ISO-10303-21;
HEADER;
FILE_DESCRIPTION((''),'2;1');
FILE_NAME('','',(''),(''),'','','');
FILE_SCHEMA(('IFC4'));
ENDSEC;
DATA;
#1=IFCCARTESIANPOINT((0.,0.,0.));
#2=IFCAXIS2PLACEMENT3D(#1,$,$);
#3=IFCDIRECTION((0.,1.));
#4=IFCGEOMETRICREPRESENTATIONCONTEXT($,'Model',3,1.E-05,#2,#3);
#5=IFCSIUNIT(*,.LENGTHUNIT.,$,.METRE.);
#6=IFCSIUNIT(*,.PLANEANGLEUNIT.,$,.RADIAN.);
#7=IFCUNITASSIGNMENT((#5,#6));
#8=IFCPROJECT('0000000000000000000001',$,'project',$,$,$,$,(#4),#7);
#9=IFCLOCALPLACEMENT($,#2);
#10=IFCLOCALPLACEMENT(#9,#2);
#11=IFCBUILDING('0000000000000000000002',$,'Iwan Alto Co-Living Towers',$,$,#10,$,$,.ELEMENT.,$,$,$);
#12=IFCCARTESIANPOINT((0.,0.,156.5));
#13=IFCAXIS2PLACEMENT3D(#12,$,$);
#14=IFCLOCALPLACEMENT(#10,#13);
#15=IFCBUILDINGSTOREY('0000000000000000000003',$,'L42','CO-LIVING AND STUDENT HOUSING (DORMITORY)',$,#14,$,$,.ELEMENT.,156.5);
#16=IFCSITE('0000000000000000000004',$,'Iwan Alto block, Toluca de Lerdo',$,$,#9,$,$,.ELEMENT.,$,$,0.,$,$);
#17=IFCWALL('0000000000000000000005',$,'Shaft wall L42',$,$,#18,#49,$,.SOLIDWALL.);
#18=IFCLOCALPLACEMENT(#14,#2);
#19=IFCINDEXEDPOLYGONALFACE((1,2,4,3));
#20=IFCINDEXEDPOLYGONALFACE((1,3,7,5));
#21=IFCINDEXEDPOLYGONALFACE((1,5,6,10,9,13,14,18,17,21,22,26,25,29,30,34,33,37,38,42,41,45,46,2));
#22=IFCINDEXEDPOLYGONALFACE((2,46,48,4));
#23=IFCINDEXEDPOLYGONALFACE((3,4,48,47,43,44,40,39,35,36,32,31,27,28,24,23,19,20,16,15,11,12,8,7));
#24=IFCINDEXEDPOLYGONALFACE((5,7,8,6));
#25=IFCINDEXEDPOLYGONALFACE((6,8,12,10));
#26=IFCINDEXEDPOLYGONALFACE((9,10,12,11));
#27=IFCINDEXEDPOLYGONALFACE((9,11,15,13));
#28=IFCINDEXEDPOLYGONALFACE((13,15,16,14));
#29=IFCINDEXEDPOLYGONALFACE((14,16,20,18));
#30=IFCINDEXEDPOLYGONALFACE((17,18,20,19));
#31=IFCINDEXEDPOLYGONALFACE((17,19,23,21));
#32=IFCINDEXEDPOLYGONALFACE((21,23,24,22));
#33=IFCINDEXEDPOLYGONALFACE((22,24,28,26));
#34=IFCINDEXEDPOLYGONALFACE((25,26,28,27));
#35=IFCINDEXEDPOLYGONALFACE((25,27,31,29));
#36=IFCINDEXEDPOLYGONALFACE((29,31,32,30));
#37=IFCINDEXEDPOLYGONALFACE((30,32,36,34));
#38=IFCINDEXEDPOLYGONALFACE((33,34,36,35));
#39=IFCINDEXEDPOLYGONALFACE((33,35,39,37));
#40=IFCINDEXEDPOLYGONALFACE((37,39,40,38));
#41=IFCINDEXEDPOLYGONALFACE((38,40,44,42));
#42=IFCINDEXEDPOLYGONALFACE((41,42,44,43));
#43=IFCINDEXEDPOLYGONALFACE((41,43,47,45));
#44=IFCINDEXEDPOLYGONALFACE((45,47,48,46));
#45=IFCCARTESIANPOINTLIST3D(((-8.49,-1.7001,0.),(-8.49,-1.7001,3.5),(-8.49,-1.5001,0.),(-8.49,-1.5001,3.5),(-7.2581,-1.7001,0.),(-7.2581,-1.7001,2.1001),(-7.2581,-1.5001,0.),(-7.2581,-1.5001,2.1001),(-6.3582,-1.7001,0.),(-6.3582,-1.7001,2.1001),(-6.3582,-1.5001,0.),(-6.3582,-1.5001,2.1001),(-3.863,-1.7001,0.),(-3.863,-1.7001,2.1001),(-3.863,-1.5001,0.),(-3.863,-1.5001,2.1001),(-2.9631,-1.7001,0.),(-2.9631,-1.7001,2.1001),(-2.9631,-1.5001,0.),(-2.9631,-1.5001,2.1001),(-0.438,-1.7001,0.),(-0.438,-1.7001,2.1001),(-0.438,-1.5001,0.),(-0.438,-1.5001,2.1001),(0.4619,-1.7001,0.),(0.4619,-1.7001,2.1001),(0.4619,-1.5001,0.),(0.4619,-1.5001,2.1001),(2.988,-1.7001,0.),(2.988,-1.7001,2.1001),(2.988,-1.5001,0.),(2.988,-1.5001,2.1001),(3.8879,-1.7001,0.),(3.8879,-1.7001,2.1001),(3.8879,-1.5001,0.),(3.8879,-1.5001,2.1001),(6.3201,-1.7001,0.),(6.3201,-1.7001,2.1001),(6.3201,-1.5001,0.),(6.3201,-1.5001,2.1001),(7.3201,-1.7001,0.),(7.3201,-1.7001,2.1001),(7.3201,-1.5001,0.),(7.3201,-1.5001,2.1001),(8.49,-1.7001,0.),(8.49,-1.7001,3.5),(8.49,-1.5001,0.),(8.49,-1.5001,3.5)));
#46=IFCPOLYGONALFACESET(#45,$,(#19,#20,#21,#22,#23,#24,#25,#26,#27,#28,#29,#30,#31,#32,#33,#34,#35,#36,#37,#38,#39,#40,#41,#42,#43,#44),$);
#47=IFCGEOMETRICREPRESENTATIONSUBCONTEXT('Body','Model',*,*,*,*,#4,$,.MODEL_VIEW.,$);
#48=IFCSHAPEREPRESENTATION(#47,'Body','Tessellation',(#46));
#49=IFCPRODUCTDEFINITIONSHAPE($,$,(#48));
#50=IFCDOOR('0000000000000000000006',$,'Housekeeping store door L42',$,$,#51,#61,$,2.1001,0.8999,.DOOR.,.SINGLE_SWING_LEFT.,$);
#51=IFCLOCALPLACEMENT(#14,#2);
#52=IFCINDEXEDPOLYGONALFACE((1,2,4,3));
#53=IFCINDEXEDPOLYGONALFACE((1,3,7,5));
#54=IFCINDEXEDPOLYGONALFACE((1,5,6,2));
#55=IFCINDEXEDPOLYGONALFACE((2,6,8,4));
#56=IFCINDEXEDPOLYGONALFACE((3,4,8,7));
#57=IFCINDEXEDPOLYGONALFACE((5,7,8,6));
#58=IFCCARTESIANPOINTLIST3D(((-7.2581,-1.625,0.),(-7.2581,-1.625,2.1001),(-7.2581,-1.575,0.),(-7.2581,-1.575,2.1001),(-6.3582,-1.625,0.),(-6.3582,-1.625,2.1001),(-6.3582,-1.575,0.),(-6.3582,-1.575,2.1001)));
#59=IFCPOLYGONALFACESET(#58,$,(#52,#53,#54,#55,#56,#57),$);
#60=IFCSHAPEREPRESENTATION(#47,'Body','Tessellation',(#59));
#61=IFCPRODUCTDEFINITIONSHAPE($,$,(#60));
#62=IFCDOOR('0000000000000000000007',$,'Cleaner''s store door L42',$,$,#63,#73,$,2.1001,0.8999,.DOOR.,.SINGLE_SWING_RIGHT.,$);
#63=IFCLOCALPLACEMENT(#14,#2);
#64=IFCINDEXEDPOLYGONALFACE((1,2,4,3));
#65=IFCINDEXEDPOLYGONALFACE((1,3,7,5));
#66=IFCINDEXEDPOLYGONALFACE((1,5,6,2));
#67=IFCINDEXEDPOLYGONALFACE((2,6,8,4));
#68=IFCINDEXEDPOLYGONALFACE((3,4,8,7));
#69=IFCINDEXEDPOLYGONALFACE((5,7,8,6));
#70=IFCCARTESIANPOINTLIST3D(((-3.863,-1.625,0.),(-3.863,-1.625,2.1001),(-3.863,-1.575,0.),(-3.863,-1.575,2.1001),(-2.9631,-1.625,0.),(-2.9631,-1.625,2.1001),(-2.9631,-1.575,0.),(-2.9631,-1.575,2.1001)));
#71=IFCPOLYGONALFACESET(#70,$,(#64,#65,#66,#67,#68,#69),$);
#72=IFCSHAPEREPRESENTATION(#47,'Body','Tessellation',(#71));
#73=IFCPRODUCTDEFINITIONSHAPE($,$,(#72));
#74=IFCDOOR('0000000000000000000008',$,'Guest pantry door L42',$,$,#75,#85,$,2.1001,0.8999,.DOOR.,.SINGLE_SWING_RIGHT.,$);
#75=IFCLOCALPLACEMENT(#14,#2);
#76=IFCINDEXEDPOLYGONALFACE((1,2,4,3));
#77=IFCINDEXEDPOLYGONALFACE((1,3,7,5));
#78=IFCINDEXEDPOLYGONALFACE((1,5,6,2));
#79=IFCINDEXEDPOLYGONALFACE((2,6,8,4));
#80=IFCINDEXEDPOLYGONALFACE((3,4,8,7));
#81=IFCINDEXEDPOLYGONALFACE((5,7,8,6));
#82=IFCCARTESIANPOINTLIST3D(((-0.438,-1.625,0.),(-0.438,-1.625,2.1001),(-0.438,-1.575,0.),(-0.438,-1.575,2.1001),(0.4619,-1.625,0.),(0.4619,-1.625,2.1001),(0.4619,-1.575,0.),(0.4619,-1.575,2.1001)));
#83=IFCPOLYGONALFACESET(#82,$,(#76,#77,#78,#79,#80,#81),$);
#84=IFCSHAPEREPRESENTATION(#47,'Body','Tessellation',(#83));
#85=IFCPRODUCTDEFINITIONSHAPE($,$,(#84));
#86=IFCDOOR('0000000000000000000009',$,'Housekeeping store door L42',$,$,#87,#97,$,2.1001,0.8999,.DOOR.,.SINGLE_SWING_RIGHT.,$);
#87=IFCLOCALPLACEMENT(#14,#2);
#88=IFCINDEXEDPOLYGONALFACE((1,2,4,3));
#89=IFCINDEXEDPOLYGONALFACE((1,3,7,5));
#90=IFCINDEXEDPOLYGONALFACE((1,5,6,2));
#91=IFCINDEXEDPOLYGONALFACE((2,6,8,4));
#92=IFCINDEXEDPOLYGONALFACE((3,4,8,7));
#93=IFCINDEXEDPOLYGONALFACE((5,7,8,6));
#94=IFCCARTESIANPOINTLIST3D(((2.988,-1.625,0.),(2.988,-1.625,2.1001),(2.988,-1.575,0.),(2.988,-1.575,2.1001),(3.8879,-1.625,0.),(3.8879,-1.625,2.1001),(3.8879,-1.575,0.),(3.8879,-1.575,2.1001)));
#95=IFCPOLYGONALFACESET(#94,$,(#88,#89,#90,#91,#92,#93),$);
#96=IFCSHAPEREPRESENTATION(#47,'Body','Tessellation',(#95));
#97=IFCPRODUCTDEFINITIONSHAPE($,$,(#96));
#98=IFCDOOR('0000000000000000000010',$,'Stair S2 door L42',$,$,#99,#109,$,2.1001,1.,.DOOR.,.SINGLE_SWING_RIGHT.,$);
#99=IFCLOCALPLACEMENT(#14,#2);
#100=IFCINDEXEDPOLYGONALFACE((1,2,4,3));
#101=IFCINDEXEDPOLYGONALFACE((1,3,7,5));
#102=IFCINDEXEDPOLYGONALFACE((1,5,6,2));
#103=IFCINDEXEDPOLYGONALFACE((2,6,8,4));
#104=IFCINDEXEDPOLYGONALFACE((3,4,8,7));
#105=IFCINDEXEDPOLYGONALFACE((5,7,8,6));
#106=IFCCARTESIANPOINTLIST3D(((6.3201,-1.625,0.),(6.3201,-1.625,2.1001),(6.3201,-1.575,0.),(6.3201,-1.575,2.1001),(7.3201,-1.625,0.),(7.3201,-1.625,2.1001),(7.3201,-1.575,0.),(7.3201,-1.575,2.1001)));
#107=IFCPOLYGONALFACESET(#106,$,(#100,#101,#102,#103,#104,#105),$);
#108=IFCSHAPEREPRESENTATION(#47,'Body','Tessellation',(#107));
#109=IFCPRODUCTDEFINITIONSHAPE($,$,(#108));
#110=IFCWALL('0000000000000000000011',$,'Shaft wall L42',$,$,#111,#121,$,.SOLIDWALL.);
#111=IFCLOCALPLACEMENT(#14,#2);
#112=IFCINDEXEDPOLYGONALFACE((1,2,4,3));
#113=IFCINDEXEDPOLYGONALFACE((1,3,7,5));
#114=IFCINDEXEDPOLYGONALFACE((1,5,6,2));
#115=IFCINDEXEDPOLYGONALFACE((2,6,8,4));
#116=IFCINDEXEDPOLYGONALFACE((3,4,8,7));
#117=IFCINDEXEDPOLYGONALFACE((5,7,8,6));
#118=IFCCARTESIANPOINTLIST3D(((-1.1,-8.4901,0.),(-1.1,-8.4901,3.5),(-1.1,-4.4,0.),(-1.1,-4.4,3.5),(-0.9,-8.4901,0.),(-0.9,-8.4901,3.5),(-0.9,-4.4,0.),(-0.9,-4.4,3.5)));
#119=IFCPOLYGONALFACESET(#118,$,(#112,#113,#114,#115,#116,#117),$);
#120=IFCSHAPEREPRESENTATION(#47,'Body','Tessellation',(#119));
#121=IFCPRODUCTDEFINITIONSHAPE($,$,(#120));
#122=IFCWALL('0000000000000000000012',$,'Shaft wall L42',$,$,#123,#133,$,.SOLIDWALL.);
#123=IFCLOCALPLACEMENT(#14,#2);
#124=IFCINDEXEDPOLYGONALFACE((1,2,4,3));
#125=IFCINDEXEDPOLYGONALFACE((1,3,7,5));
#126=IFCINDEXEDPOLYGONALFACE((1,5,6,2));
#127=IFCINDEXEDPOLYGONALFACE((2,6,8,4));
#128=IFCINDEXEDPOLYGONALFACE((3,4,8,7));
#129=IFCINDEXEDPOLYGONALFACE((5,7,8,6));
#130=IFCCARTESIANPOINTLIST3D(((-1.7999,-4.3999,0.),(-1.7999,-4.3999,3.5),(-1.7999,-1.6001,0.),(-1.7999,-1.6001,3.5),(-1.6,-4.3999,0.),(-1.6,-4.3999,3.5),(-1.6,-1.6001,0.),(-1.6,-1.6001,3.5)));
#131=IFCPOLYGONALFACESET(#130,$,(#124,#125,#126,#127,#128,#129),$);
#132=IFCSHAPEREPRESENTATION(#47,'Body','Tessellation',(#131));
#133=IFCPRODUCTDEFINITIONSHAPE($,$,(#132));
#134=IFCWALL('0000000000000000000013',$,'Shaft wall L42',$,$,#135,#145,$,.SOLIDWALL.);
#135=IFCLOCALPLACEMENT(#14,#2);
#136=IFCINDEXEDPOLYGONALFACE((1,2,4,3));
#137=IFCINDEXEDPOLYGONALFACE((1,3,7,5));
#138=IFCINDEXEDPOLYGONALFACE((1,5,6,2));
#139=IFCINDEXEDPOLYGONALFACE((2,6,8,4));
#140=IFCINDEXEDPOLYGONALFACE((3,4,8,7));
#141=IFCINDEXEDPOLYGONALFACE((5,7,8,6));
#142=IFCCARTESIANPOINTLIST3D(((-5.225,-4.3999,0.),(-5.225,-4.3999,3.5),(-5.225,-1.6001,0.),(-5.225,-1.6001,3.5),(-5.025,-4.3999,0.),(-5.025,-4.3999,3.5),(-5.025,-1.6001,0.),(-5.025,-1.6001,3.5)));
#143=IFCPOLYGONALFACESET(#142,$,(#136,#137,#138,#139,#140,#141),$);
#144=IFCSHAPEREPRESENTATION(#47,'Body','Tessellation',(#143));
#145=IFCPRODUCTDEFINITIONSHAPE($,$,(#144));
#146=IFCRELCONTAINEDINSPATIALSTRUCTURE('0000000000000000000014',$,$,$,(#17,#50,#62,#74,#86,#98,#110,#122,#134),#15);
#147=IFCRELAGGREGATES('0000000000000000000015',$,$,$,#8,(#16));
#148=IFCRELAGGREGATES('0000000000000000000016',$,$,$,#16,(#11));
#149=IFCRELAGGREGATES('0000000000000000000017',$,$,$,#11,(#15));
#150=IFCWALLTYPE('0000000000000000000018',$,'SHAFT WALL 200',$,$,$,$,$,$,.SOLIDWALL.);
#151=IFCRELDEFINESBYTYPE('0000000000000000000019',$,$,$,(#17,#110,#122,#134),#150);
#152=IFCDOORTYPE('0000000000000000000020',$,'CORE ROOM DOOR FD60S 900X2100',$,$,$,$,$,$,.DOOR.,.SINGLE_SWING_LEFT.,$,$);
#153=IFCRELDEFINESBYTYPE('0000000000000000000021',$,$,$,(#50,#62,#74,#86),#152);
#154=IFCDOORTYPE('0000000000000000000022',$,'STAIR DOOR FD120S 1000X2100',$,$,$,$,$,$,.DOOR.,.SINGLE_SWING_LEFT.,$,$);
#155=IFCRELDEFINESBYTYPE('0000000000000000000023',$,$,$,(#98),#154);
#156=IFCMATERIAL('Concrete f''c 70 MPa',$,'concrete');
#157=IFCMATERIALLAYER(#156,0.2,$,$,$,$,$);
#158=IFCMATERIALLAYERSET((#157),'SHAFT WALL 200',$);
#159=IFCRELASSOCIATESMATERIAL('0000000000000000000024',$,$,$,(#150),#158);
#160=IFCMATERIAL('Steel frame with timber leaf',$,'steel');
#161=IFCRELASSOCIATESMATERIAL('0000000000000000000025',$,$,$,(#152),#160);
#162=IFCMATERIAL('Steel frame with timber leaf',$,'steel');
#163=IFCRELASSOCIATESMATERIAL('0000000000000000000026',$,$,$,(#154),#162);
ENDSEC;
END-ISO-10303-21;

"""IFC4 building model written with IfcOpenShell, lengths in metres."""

from ifc_helpers import new_model, si_unit, direction, frame, frame_2d, origin, place, context, subcontext, project, spatial, rectangle, extrude, material, layer, layer_set, type_object, element, fill, save


model = new_model("IFC4")

# Units and contexts
model_context = context("Model", 3, precision=1e-05, world=origin(), true_north=direction((0.0, 1.0)))
body_context = subcontext(model_context, "Body", "Model", "MODEL_VIEW")
ifc_project = project(units=[si_unit("LENGTHUNIT", "METRE"), si_unit("PLANEANGLEUNIT", "RADIAN")], contexts=[model_context])

# Site, building, storey
site_placement = place(None, origin())
site = spatial("IfcSite", under=ifc_project, at=site_placement, Name="Iwan Alto block, Toluca de Lerdo", CompositionType="ELEMENT", RefElevation=0.0)
building_placement = place(site_placement, origin())
building = spatial("IfcBuilding", under=site, at=building_placement, Name="Iwan Alto Co-Living Towers", CompositionType="ELEMENT")
storey_placement = place(building_placement, frame((0.0, 0.0, 156.5)))
storey = spatial("IfcBuildingStorey", under=building, at=storey_placement, Name="L42", Description="CO-LIVING AND STUDENT HOUSING (DORMITORY)", CompositionType="ELEMENT", Elevation=156.5)

# Shared definitions
ifc_material_1 = material(Name="Concrete f'c 70 MPa", Category="concrete")
ifc_layer_1 = layer(ifc_material_1, 0.2)
ifc_layer_set_1 = layer_set([ifc_layer_1], Name="SHAFT WALL 200")
wall_type_1 = type_object("IfcWallType", Name="SHAFT WALL 200", PredefinedType="SOLIDWALL", material=ifc_layer_set_1)

# Wall, openings, doors
wall_1_placement = place(storey_placement, frame((-8.49, -1.6001, 0.0), z_axis=(0.0, 0.0, 1.0), x_axis=(1.0, 0.0, 0.0)))
wall_1 = element("IfcWall", 1, at=wall_1_placement, inside=storey, type_object=wall_type_1, Name="Shaft wall L42", PredefinedType="SOLIDWALL", context=body_context, shape_type="SweptSolid", body=[
    extrude(rectangle(XDim=16.98, YDim=0.2, at=frame_2d((8.49, 0.0))), origin(), (0.0, 0.0, 1.0), 3.5),
])
opening_1_placement = place(wall_1_placement, frame((14.8101, 0.0, 0.0)))
opening_1 = element("IfcOpeningElement", 2, at=opening_1_placement, cuts=wall_1, PredefinedType="OPENING", context=body_context, shape_type="SweptSolid", body=[
    extrude(rectangle(XDim=1.0, YDim=2.1001, at=frame_2d((0.5, 1.05))), frame((0.0, 0.1099, 0.0), z_axis=(0.0, -1.0, 0.0), x_axis=(1.0, 0.0, 0.0)), (0.0, 0.0, 1.0), 0.22),
])
opening_2_placement = place(wall_1_placement, frame((1.2319, 0.0, 0.0)))
opening_2 = element("IfcOpeningElement", 3, at=opening_2_placement, cuts=wall_1, PredefinedType="OPENING", context=body_context, shape_type="SweptSolid", body=[
    extrude(rectangle(XDim=0.8999, YDim=2.1001, at=frame_2d((0.45, 1.05))), frame((0.0, 0.1099, 0.0), z_axis=(0.0, -1.0, 0.0), x_axis=(1.0, 0.0, 0.0)), (0.0, 0.0, 1.0), 0.22),
])
opening_3_placement = place(wall_1_placement, frame((4.627, 0.0, 0.0)))
opening_3 = element("IfcOpeningElement", 4, at=opening_3_placement, cuts=wall_1, PredefinedType="OPENING", context=body_context, shape_type="SweptSolid", body=[
    extrude(rectangle(XDim=0.8999, YDim=2.1001, at=frame_2d((0.45, 1.05))), frame((0.0, 0.1099, 0.0), z_axis=(0.0, -1.0, 0.0), x_axis=(1.0, 0.0, 0.0)), (0.0, 0.0, 1.0), 0.22),
])
opening_4_placement = place(wall_1_placement, frame((8.052, 0.0, 0.0)))
opening_4 = element("IfcOpeningElement", 5, at=opening_4_placement, cuts=wall_1, PredefinedType="OPENING", context=body_context, shape_type="SweptSolid", body=[
    extrude(rectangle(XDim=0.8999, YDim=2.1001, at=frame_2d((0.45, 1.05))), frame((0.0, 0.1099, 0.0), z_axis=(0.0, -1.0, 0.0), x_axis=(1.0, 0.0, 0.0)), (0.0, 0.0, 1.0), 0.22),
])
opening_5_placement = place(wall_1_placement, frame((11.478, 0.0, 0.0)))
opening_5 = element("IfcOpeningElement", 6, at=opening_5_placement, cuts=wall_1, PredefinedType="OPENING", context=body_context, shape_type="SweptSolid", body=[
    extrude(rectangle(XDim=0.8999, YDim=2.1001, at=frame_2d((0.45, 1.05))), frame((0.0, 0.1099, 0.0), z_axis=(0.0, -1.0, 0.0), x_axis=(1.0, 0.0, 0.0)), (0.0, 0.0, 1.0), 0.22),
])
ifc_material_2 = material(Name="Steel frame with timber leaf", Category="steel")
door_type_1 = type_object("IfcDoorType", Name="CORE ROOM DOOR FD60S 900X2100", OperationType="SINGLE_SWING_LEFT", PredefinedType="DOOR", material=ifc_material_2)
door_1_placement = place(opening_2_placement, frame((0.8999, 0.0, 0.0), z_axis=(0.0, 0.0, 1.0), x_axis=(-1.0, 0.0, 0.0)))
door_1 = element("IfcDoor", 7, at=door_1_placement, inside=storey, type_object=door_type_1, Name="Housekeeping store door L42", OperationType="SINGLE_SWING_LEFT", OverallHeight=2.1001, OverallWidth=0.8999, PredefinedType="DOOR", context=body_context, shape_type="SweptSolid", body=[
    extrude(rectangle(XDim=0.8999, YDim=2.1001, at=frame_2d((0.45, 1.05))), frame((0.0, 0.0249, 0.0), z_axis=(0.0, -1.0, 0.0), x_axis=(1.0, 0.0, 0.0)), (0.0, 0.0, 1.0), 0.05),
])
fill(opening_2, door_1)
door_2_placement = place(opening_3_placement, frame((0.8999, 0.0, 0.0), z_axis=(0.0, 0.0, 1.0), x_axis=(-1.0, 0.0, 0.0)))
door_2 = element("IfcDoor", 8, at=door_2_placement, inside=storey, type_object=door_type_1, Name="Cleaner's store door L42", OperationType="SINGLE_SWING_RIGHT", OverallHeight=2.1001, OverallWidth=0.8999, PredefinedType="DOOR", context=body_context, shape_type="SweptSolid", body=[
    extrude(rectangle(XDim=0.8999, YDim=2.1001, at=frame_2d((0.45, 1.05))), frame((0.0, 0.0249, 0.0), z_axis=(0.0, -1.0, 0.0), x_axis=(1.0, 0.0, 0.0)), (0.0, 0.0, 1.0), 0.05),
])
fill(opening_3, door_2)
door_3_placement = place(opening_4_placement, frame((0.8999, 0.0, 0.0), z_axis=(0.0, 0.0, 1.0), x_axis=(-1.0, 0.0, 0.0)))
door_3 = element("IfcDoor", 9, at=door_3_placement, inside=storey, type_object=door_type_1, Name="Guest pantry door L42", OperationType="SINGLE_SWING_RIGHT", OverallHeight=2.1001, OverallWidth=0.8999, PredefinedType="DOOR", context=body_context, shape_type="SweptSolid", body=[
    extrude(rectangle(XDim=0.8999, YDim=2.1001, at=frame_2d((0.45, 1.05))), frame((0.0, 0.0249, 0.0), z_axis=(0.0, -1.0, 0.0), x_axis=(1.0, 0.0, 0.0)), (0.0, 0.0, 1.0), 0.05),
])
fill(opening_4, door_3)
door_4_placement = place(opening_5_placement, frame((0.8999, 0.0, 0.0), z_axis=(0.0, 0.0, 1.0), x_axis=(-1.0, 0.0, 0.0)))
door_4 = element("IfcDoor", 10, at=door_4_placement, inside=storey, type_object=door_type_1, Name="Housekeeping store door L42", OperationType="SINGLE_SWING_RIGHT", OverallHeight=2.1001, OverallWidth=0.8999, PredefinedType="DOOR", context=body_context, shape_type="SweptSolid", body=[
    extrude(rectangle(XDim=0.8999, YDim=2.1001, at=frame_2d((0.45, 1.05))), frame((0.0, 0.0249, 0.0), z_axis=(0.0, -1.0, 0.0), x_axis=(1.0, 0.0, 0.0)), (0.0, 0.0, 1.0), 0.05),
])
fill(opening_5, door_4)
ifc_material_3 = material(Name="Steel frame with timber leaf", Category="steel")
door_type_2 = type_object("IfcDoorType", Name="STAIR DOOR FD120S 1000X2100", OperationType="SINGLE_SWING_LEFT", PredefinedType="DOOR", material=ifc_material_3)
door_5_placement = place(opening_1_placement, frame((1.0, 0.0, 0.0), z_axis=(0.0, 0.0, 1.0), x_axis=(-1.0, 0.0, 0.0)))
door_5 = element("IfcDoor", 11, at=door_5_placement, inside=storey, type_object=door_type_2, Name="Stair S2 door L42", OperationType="SINGLE_SWING_RIGHT", OverallHeight=2.1001, OverallWidth=1.0, PredefinedType="DOOR", context=body_context, shape_type="SweptSolid", body=[
    extrude(rectangle(XDim=1.0, YDim=2.1001, at=frame_2d((0.5, 1.05))), frame((0.0, 0.0249, 0.0), z_axis=(0.0, -1.0, 0.0), x_axis=(1.0, 0.0, 0.0)), (0.0, 0.0, 1.0), 0.05),
])
fill(opening_1, door_5)

# Walls
wall_2_placement = place(storey_placement, frame((-1.0, -8.49, 0.0), z_axis=(0.0, 0.0, 1.0), x_axis=(0.0, 1.0, 0.0)))
element("IfcWall", 12, at=wall_2_placement, inside=storey, type_object=wall_type_1, Name="Shaft wall L42", PredefinedType="SOLIDWALL", context=body_context, shape_type="SweptSolid", body=[
    extrude(rectangle(XDim=4.0901, YDim=0.2, at=frame_2d((2.0449, 0.0))), origin(), (0.0, 0.0, 1.0), 3.5),
])
for number, where, z_axis, x_axis, name in (
    (13, (-1.7, -4.3999, 0.0), (0.0, 0.0, 1.0), (0.0, 1.0, 0.0), "Shaft wall L42"),
    (14, (-5.125, -4.3999, 0.0), (0.0, 0.0, 1.0), (0.0, 1.0, 0.0), "Shaft wall L42"),
):
    element("IfcWall", number, at=place(storey_placement, frame(where, z_axis=z_axis, x_axis=x_axis)), inside=storey, type_object=wall_type_1, Name=name, PredefinedType="SOLIDWALL", context=body_context, shape_type="SweptSolid", body=[
        extrude(rectangle(XDim=2.7998, YDim=0.2, at=frame_2d((1.3999, 0.0))), origin(), (0.0, 0.0, 1.0), 3.5),
    ])

save(model, "model.ifc")
